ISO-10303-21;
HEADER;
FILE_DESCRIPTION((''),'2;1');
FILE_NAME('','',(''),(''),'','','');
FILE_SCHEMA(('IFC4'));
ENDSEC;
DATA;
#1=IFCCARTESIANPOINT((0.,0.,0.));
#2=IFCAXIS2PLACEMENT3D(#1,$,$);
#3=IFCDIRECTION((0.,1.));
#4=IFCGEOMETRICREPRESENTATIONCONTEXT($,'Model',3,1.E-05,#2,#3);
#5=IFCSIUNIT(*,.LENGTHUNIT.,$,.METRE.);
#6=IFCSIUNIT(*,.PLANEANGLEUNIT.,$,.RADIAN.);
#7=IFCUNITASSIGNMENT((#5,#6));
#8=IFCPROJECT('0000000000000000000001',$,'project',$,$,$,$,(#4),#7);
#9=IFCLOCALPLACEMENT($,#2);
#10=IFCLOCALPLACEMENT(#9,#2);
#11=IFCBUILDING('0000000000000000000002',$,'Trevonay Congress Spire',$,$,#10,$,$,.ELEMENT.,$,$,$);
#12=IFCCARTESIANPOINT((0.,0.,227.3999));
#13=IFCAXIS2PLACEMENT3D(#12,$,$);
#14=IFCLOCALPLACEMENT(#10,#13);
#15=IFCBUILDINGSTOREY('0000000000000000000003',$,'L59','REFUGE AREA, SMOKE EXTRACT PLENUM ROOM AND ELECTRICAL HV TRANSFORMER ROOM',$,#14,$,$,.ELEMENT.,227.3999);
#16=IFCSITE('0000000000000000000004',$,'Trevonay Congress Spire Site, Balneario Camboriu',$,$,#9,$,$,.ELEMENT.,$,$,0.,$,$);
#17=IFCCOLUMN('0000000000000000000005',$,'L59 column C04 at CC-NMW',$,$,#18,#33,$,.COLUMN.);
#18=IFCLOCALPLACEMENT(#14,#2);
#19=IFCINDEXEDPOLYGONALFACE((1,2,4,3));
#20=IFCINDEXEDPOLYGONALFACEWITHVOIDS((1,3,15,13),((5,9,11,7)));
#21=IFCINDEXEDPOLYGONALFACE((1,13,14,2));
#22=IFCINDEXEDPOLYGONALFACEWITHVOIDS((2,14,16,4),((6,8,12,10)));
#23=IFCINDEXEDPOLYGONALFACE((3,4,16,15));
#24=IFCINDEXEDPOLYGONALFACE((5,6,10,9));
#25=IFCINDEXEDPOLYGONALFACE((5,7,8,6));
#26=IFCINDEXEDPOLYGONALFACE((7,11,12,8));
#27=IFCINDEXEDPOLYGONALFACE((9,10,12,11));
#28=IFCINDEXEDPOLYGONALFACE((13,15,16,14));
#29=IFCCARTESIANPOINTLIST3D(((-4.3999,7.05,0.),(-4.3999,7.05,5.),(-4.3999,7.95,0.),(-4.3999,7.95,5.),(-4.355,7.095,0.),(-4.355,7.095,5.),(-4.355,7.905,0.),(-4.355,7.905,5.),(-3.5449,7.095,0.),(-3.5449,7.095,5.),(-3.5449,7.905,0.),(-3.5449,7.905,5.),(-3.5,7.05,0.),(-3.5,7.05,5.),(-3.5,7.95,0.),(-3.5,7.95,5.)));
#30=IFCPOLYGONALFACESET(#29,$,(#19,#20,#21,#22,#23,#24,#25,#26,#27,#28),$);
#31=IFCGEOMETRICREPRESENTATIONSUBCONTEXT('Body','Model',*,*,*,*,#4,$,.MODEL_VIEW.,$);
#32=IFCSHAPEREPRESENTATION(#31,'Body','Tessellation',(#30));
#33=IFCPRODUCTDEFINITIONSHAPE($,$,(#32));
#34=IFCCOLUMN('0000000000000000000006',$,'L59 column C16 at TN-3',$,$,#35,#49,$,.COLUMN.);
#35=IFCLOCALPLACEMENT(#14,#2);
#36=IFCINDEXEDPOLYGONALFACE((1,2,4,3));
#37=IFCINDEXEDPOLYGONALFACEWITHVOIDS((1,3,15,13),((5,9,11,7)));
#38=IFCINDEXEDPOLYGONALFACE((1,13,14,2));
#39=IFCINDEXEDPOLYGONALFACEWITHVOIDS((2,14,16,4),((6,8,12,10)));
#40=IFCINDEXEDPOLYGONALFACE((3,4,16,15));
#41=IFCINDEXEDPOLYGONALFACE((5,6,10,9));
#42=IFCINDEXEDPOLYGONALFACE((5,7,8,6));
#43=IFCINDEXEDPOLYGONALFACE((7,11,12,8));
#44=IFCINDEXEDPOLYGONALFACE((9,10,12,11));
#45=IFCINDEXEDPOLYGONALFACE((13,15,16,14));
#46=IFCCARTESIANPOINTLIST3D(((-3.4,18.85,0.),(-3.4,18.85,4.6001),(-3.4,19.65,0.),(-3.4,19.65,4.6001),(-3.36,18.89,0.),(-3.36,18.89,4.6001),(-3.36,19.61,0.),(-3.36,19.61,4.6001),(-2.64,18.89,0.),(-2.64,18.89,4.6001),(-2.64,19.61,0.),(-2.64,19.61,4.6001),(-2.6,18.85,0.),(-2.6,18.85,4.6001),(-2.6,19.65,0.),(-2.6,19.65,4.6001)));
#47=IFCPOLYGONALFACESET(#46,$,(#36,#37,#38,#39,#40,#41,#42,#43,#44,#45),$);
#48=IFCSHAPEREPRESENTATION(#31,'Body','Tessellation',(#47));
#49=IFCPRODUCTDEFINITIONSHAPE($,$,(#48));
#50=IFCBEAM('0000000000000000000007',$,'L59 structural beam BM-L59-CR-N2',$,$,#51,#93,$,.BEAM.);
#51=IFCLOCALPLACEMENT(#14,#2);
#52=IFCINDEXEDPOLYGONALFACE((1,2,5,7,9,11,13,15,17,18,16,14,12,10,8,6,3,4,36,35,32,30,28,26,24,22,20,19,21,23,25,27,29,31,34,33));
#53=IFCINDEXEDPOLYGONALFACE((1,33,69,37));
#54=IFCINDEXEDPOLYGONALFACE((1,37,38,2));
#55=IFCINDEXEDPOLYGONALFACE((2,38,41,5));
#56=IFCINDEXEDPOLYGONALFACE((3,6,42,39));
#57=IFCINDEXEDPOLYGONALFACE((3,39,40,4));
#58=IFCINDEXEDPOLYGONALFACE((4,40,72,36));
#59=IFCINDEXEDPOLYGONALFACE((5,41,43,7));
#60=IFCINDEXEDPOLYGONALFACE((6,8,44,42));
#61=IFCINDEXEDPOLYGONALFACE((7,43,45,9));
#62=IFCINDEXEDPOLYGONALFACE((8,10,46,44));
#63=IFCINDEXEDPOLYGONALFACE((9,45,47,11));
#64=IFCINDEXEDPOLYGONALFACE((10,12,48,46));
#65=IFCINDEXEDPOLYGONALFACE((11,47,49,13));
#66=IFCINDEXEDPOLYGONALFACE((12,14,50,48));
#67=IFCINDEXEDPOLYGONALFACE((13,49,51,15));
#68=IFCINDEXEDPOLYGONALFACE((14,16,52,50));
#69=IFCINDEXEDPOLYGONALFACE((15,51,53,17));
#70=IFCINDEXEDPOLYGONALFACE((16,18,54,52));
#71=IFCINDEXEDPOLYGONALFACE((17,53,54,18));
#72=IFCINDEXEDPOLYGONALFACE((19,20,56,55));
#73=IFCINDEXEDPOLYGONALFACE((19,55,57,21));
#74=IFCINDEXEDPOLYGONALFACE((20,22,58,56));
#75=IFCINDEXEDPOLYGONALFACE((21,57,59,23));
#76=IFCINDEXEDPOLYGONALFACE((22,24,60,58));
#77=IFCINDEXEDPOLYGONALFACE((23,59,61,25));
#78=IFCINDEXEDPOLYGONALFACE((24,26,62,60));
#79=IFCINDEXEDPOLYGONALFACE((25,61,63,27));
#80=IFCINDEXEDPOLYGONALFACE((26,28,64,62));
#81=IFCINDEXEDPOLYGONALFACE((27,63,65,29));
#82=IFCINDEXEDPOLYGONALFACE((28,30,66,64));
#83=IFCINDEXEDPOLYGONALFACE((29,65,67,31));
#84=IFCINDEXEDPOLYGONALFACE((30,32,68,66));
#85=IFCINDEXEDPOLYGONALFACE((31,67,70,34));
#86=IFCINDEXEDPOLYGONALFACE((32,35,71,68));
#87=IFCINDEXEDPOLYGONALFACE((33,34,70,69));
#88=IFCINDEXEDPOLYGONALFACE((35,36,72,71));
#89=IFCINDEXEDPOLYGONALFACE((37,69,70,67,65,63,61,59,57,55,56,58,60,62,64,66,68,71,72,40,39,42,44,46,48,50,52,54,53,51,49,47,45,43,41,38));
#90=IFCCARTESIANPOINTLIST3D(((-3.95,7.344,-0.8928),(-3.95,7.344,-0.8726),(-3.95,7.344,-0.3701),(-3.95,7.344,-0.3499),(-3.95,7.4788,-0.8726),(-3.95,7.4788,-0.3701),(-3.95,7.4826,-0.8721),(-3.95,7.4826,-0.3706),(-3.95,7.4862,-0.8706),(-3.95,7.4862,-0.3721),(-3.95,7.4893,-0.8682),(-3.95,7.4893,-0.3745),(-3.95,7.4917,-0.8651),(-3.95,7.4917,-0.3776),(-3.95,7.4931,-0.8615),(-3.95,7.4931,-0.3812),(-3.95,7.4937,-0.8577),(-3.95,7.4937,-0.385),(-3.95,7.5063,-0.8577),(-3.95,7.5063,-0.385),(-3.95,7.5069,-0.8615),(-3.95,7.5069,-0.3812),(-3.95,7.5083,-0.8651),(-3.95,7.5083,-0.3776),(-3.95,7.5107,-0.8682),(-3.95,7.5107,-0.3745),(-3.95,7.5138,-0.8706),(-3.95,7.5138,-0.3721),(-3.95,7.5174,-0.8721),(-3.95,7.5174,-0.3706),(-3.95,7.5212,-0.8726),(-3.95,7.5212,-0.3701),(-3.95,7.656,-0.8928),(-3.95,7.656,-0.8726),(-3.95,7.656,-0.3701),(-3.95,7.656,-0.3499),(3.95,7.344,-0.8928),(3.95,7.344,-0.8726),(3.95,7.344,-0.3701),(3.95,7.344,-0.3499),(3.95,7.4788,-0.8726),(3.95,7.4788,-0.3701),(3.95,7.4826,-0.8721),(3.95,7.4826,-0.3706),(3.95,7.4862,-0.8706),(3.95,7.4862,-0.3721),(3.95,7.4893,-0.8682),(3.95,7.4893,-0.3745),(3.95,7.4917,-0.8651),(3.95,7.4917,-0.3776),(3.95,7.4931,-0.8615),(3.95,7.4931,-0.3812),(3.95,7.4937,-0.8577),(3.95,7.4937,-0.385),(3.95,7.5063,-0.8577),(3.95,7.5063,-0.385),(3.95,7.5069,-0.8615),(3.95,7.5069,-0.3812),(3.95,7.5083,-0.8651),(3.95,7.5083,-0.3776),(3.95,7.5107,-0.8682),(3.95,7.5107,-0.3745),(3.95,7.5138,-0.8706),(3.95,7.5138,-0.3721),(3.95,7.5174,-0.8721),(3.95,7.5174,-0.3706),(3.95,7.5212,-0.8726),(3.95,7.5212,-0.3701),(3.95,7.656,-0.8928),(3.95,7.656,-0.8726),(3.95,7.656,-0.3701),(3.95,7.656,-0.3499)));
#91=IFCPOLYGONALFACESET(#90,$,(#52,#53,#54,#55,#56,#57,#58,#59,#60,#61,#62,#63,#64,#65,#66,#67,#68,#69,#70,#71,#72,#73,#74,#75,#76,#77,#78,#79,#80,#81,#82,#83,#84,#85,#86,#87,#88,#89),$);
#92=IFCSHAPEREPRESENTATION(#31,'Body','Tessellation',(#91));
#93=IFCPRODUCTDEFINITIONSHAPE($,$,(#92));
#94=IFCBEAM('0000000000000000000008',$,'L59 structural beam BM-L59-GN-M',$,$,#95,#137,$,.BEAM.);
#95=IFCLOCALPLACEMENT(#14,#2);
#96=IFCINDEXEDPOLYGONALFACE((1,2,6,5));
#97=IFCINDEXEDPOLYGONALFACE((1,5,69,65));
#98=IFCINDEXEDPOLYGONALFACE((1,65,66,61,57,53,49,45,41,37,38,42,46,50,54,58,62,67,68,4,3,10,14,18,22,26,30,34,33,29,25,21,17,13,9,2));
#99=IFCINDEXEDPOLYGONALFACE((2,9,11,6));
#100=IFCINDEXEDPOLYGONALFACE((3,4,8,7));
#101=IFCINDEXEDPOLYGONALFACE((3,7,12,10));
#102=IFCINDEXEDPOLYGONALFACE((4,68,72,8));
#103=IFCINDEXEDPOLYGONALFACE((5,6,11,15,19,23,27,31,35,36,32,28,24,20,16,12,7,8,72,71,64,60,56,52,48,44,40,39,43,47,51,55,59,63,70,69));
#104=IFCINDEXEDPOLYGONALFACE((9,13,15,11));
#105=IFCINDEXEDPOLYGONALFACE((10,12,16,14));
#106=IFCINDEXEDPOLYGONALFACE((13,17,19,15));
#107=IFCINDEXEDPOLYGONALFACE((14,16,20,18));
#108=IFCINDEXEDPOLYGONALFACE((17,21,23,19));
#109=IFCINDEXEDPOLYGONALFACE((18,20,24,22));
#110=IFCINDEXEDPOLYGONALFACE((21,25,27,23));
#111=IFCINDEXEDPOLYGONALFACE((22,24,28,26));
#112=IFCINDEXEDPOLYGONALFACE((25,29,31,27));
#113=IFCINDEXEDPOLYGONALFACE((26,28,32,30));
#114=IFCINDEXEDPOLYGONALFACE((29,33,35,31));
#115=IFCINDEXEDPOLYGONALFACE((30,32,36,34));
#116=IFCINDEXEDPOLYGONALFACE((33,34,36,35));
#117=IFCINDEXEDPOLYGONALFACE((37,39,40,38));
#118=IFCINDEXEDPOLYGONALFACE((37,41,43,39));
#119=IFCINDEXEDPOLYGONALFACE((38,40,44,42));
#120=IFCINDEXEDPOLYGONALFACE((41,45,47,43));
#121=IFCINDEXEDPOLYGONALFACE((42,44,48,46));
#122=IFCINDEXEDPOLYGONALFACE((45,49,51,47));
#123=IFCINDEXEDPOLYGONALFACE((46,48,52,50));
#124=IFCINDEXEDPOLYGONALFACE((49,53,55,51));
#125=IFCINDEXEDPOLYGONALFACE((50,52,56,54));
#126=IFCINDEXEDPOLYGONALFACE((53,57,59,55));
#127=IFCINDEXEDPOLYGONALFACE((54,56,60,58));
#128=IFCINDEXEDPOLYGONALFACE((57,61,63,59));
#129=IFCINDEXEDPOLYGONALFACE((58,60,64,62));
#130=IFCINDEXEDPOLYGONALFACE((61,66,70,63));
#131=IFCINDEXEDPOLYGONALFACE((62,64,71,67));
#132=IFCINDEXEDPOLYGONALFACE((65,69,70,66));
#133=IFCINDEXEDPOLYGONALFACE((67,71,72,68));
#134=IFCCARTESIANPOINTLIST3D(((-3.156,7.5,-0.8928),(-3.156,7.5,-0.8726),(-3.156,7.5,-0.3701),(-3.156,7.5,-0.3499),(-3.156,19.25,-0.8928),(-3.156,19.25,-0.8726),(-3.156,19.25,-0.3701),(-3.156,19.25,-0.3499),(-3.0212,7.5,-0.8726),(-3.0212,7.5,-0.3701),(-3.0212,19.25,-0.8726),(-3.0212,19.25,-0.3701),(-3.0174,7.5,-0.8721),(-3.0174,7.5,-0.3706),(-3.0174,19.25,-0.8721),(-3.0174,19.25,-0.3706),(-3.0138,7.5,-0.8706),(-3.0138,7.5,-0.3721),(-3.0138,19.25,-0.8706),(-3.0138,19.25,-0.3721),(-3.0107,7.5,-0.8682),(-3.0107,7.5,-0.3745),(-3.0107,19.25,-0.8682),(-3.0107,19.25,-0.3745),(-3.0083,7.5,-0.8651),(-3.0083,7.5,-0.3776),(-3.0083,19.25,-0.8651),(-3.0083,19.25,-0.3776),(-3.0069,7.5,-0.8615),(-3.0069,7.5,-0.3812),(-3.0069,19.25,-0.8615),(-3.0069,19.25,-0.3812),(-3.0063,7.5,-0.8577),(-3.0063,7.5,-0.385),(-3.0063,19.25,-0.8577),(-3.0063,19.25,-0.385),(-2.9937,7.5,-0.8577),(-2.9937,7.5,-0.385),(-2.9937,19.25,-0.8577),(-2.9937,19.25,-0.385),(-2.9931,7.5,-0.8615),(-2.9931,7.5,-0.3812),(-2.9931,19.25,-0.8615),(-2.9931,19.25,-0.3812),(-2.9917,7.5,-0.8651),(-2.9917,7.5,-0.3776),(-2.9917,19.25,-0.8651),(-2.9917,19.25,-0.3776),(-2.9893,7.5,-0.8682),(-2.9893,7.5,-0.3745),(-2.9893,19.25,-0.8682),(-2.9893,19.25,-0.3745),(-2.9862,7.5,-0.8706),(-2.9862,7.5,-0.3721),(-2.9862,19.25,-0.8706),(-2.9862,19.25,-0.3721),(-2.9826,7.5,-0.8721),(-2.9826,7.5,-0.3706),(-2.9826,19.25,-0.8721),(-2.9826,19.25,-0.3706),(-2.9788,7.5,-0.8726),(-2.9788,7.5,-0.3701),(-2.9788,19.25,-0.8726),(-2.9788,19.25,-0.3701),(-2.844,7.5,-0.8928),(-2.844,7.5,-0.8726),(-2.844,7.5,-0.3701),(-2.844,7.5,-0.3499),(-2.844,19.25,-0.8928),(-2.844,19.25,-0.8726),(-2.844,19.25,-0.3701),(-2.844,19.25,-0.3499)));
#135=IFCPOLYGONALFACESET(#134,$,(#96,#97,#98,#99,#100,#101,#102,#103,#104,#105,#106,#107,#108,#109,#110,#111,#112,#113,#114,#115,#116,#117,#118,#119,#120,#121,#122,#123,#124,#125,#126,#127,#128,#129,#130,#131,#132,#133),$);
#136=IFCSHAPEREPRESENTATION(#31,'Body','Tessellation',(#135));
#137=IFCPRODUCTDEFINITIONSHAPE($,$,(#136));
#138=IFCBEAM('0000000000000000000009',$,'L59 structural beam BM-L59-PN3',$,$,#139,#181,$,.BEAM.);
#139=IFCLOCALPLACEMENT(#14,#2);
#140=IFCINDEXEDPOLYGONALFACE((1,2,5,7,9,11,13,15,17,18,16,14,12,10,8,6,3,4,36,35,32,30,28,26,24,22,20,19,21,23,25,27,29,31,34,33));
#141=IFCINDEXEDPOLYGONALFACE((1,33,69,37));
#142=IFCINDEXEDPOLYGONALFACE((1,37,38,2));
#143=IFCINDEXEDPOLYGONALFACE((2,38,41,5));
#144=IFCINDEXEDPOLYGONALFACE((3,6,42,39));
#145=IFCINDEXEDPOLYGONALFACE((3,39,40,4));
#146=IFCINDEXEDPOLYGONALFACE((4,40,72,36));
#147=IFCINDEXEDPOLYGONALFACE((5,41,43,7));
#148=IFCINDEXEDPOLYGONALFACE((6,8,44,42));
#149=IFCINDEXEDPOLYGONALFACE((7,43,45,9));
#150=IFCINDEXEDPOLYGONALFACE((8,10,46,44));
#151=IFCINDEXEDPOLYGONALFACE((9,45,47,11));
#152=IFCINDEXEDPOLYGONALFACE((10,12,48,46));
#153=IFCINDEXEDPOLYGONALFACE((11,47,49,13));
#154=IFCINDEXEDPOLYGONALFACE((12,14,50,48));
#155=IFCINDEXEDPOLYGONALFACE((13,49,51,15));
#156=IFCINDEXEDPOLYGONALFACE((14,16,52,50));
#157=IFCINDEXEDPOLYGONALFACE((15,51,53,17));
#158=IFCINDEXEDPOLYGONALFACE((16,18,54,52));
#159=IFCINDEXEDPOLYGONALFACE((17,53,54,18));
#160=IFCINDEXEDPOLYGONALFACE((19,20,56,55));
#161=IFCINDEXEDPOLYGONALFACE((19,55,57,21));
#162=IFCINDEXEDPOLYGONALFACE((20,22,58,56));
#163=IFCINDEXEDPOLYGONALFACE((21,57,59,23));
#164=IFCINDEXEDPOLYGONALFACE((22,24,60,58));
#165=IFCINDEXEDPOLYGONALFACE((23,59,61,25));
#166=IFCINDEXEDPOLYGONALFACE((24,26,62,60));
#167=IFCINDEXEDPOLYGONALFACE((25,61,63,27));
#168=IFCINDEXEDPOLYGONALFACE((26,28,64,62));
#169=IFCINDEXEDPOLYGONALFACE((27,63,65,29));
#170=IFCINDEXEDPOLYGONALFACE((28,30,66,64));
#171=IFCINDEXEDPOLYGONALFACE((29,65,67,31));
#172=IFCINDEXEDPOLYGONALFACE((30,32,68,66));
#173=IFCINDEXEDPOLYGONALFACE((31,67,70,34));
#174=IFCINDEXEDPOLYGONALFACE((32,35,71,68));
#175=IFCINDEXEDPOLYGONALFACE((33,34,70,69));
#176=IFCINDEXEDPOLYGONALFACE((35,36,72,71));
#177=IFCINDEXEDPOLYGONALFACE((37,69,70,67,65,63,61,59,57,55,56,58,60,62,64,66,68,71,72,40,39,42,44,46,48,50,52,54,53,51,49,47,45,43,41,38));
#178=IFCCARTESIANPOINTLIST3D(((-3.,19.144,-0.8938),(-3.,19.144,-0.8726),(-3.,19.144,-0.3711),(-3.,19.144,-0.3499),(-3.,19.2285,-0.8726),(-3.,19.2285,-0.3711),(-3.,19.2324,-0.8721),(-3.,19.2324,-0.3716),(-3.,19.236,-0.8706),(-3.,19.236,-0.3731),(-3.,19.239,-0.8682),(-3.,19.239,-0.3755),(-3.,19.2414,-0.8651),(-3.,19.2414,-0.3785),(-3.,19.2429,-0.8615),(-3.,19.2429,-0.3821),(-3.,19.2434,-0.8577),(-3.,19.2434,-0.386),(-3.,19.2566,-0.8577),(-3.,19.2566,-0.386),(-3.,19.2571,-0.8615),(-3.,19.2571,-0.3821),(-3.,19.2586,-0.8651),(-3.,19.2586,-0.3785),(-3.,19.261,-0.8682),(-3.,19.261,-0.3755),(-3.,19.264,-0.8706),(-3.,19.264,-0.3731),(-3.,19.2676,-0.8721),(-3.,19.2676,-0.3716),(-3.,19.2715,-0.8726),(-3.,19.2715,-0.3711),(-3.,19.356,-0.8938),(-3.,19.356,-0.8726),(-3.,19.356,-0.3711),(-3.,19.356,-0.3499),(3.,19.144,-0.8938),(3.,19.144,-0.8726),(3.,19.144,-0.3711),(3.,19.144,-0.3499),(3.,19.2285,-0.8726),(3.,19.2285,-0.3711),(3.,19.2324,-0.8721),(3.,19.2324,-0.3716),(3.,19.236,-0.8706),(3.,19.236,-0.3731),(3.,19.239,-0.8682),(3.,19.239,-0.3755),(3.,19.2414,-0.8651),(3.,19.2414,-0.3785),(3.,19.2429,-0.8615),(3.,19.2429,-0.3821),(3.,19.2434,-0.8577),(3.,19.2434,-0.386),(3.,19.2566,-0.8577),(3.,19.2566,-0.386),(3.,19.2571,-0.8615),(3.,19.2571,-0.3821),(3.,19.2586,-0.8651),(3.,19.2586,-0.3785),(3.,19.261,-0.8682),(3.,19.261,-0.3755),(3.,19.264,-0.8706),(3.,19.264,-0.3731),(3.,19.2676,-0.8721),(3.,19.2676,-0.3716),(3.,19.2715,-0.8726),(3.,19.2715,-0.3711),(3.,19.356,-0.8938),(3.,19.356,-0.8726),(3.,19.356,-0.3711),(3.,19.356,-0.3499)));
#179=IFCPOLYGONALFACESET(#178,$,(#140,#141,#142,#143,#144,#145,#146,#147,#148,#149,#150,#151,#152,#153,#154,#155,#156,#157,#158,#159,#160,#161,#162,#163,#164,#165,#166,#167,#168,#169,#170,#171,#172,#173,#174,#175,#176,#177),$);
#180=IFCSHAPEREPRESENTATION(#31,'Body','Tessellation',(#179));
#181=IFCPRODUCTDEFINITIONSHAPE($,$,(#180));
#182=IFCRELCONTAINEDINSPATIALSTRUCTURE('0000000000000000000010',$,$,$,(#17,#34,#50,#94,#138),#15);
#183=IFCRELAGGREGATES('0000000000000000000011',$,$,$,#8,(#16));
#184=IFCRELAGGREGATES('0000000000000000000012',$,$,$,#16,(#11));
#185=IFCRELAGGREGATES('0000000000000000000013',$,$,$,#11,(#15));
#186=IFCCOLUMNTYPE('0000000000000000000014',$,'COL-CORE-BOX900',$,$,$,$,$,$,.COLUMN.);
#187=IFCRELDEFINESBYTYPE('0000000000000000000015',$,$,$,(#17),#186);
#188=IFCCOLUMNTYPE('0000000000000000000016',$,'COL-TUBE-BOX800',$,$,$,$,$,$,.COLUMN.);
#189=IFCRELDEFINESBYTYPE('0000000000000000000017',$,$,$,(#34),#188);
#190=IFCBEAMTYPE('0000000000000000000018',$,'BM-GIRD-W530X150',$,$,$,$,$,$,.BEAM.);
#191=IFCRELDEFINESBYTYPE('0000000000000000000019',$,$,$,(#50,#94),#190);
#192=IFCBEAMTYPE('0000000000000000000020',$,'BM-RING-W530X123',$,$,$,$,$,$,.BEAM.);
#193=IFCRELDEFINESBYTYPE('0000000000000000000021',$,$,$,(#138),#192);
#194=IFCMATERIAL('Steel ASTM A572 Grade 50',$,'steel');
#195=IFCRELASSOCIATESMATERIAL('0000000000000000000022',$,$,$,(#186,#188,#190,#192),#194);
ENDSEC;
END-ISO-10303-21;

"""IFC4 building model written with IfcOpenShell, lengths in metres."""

from ifc_helpers import new_model, si_unit, direction, frame, origin, origin_2d, place, context, subcontext, project, spatial, hollow_rectangle, i_section, extrude, material, material_profile, profile_set, type_object, element, save


model = new_model("IFC4")

# Units and contexts
model_context = context("Model", 3, precision=1e-05, world=origin(), true_north=direction((0.0, 1.0)))
body_context = subcontext(model_context, "Body", "Model", "MODEL_VIEW")
ifc_project = project(units=[si_unit("LENGTHUNIT", "METRE"), si_unit("PLANEANGLEUNIT", "RADIAN")], contexts=[model_context])

# Site, building, storey
site_placement = place(None, origin())
site = spatial("IfcSite", under=ifc_project, at=site_placement, Name="Trevonay Congress Spire Site, Balneario Camboriu", CompositionType="ELEMENT", RefElevation=0.0)
building_placement = place(site_placement, origin())
building = spatial("IfcBuilding", under=site, at=building_placement, Name="Trevonay Congress Spire", CompositionType="ELEMENT")
storey_placement = place(building_placement, frame((0.0, 0.0, 227.3999)))
storey = spatial("IfcBuildingStorey", under=building, at=storey_placement, Name="L59", Description="REFUGE AREA, SMOKE EXTRACT PLENUM ROOM AND ELECTRICAL HV TRANSFORMER ROOM", CompositionType="ELEMENT", Elevation=227.3999)

# Columns
ifc_material_1 = material(Name="Steel ASTM A572 Grade 50", Category="steel")
ifc_material_profile_1 = material_profile(ifc_material_1, hollow_rectangle(XDim=0.8999, YDim=0.8999, WallThickness=0.0449, at=origin_2d()), Name="BOX 900x900x45")
ifc_profile_set_1 = profile_set([ifc_material_profile_1], Name="Steel ASTM A572 Grade 50")
column_type_1 = type_object("IfcColumnType", Name="COL-CORE-BOX900", PredefinedType="COLUMN", material=ifc_profile_set_1)
column_1_placement = place(storey_placement, frame((-3.95, 7.5, 0.0), z_axis=(0.0, 0.0, 1.0), x_axis=(1.0, 0.0, 0.0)))
element("IfcColumn", 1, at=column_1_placement, inside=storey, type_object=column_type_1, Name="L59 column C04 at CC-NMW", PredefinedType="COLUMN", context=body_context, shape_type="SweptSolid", body=[
    extrude(hollow_rectangle(XDim=0.8999, YDim=0.8999, WallThickness=0.0449, at=origin_2d()), origin(), (0.0, 0.0, 1.0), 5.0),
])
ifc_material_profile_2 = material_profile(ifc_material_1, hollow_rectangle(XDim=0.8, YDim=0.8, WallThickness=0.04, at=origin_2d()), Name="BOX 800x800x40")
ifc_profile_set_2 = profile_set([ifc_material_profile_2], Name="Steel ASTM A572 Grade 50")
column_type_2 = type_object("IfcColumnType", Name="COL-TUBE-BOX800", PredefinedType="COLUMN", material=ifc_profile_set_2)
column_2_placement = place(storey_placement, frame((-3.0, 19.25, 0.0), z_axis=(0.0, 0.0, 1.0), x_axis=(1.0, 0.0, 0.0)))
element("IfcColumn", 2, at=column_2_placement, inside=storey, type_object=column_type_2, Name="L59 column C16 at TN-3", PredefinedType="COLUMN", context=body_context, shape_type="SweptSolid", body=[
    extrude(hollow_rectangle(XDim=0.8, YDim=0.8, WallThickness=0.04, at=origin_2d()), origin(), (0.0, 0.0, 1.0), 4.6001),
])

# Beams
ifc_material_profile_3 = material_profile(ifc_material_1, i_section(OverallWidth=0.312, OverallDepth=0.543, WebThickness=0.0127, FlangeThickness=0.0203, FilletRadius=0.0149, at=origin_2d()), Name="W530x150")
ifc_profile_set_3 = profile_set([ifc_material_profile_3], Name="Steel ASTM A572 Grade 50")
beam_type_1 = type_object("IfcBeamType", Name="BM-GIRD-W530X150", PredefinedType="BEAM", material=ifc_profile_set_3)
beam_1_placement = place(storey_placement, frame((-3.95, 7.5, -0.6213), z_axis=(1.0, 0.0, 0.0), x_axis=(0.0, 1.0, 0.0)))
element("IfcBeam", 3, at=beam_1_placement, inside=storey, type_object=beam_type_1, Name="L59 structural beam BM-L59-CR-N2", PredefinedType="BEAM", context=body_context, shape_type="SweptSolid", body=[
    extrude(i_section(OverallWidth=0.312, OverallDepth=0.543, WebThickness=0.0127, FlangeThickness=0.0203, FilletRadius=0.0149, at=origin_2d()), origin(), (0.0, 0.0, 1.0), 7.8999),
])
beam_2_placement = place(storey_placement, frame((-3.0, 7.5, -0.6213), z_axis=(0.0, 1.0, 0.0), x_axis=(-1.0, 0.0, 0.0)))
element("IfcBeam", 4, at=beam_2_placement, inside=storey, type_object=beam_type_1, Name="L59 structural beam BM-L59-GN-M", PredefinedType="BEAM", context=body_context, shape_type="SweptSolid", body=[
    extrude(i_section(OverallWidth=0.312, OverallDepth=0.543, WebThickness=0.0127, FlangeThickness=0.0203, FilletRadius=0.0149, at=origin_2d()), origin(), (0.0, 0.0, 1.0), 11.75),
])
ifc_material_profile_4 = material_profile(ifc_material_1, i_section(OverallWidth=0.2119, OverallDepth=0.5439, WebThickness=0.0132, FlangeThickness=0.0212, FilletRadius=0.0149, at=origin_2d()), Name="W530x123")
ifc_profile_set_4 = profile_set([ifc_material_profile_4], Name="Steel ASTM A572 Grade 50")
beam_type_2 = type_object("IfcBeamType", Name="BM-RING-W530X123", PredefinedType="BEAM", material=ifc_profile_set_4)
beam_3_placement = place(storey_placement, frame((-3.0, 19.25, -0.6218), z_axis=(1.0, 0.0, 0.0), x_axis=(0.0, 1.0, 0.0)))
element("IfcBeam", 5, at=beam_3_placement, inside=storey, type_object=beam_type_2, Name="L59 structural beam BM-L59-PN3", PredefinedType="BEAM", context=body_context, shape_type="SweptSolid", body=[
    extrude(i_section(OverallWidth=0.2119, OverallDepth=0.5439, WebThickness=0.0132, FlangeThickness=0.0212, FilletRadius=0.0149, at=origin_2d()), origin(), (0.0, 0.0, 1.0), 6.0),
])

save(model, "model.ifc")
